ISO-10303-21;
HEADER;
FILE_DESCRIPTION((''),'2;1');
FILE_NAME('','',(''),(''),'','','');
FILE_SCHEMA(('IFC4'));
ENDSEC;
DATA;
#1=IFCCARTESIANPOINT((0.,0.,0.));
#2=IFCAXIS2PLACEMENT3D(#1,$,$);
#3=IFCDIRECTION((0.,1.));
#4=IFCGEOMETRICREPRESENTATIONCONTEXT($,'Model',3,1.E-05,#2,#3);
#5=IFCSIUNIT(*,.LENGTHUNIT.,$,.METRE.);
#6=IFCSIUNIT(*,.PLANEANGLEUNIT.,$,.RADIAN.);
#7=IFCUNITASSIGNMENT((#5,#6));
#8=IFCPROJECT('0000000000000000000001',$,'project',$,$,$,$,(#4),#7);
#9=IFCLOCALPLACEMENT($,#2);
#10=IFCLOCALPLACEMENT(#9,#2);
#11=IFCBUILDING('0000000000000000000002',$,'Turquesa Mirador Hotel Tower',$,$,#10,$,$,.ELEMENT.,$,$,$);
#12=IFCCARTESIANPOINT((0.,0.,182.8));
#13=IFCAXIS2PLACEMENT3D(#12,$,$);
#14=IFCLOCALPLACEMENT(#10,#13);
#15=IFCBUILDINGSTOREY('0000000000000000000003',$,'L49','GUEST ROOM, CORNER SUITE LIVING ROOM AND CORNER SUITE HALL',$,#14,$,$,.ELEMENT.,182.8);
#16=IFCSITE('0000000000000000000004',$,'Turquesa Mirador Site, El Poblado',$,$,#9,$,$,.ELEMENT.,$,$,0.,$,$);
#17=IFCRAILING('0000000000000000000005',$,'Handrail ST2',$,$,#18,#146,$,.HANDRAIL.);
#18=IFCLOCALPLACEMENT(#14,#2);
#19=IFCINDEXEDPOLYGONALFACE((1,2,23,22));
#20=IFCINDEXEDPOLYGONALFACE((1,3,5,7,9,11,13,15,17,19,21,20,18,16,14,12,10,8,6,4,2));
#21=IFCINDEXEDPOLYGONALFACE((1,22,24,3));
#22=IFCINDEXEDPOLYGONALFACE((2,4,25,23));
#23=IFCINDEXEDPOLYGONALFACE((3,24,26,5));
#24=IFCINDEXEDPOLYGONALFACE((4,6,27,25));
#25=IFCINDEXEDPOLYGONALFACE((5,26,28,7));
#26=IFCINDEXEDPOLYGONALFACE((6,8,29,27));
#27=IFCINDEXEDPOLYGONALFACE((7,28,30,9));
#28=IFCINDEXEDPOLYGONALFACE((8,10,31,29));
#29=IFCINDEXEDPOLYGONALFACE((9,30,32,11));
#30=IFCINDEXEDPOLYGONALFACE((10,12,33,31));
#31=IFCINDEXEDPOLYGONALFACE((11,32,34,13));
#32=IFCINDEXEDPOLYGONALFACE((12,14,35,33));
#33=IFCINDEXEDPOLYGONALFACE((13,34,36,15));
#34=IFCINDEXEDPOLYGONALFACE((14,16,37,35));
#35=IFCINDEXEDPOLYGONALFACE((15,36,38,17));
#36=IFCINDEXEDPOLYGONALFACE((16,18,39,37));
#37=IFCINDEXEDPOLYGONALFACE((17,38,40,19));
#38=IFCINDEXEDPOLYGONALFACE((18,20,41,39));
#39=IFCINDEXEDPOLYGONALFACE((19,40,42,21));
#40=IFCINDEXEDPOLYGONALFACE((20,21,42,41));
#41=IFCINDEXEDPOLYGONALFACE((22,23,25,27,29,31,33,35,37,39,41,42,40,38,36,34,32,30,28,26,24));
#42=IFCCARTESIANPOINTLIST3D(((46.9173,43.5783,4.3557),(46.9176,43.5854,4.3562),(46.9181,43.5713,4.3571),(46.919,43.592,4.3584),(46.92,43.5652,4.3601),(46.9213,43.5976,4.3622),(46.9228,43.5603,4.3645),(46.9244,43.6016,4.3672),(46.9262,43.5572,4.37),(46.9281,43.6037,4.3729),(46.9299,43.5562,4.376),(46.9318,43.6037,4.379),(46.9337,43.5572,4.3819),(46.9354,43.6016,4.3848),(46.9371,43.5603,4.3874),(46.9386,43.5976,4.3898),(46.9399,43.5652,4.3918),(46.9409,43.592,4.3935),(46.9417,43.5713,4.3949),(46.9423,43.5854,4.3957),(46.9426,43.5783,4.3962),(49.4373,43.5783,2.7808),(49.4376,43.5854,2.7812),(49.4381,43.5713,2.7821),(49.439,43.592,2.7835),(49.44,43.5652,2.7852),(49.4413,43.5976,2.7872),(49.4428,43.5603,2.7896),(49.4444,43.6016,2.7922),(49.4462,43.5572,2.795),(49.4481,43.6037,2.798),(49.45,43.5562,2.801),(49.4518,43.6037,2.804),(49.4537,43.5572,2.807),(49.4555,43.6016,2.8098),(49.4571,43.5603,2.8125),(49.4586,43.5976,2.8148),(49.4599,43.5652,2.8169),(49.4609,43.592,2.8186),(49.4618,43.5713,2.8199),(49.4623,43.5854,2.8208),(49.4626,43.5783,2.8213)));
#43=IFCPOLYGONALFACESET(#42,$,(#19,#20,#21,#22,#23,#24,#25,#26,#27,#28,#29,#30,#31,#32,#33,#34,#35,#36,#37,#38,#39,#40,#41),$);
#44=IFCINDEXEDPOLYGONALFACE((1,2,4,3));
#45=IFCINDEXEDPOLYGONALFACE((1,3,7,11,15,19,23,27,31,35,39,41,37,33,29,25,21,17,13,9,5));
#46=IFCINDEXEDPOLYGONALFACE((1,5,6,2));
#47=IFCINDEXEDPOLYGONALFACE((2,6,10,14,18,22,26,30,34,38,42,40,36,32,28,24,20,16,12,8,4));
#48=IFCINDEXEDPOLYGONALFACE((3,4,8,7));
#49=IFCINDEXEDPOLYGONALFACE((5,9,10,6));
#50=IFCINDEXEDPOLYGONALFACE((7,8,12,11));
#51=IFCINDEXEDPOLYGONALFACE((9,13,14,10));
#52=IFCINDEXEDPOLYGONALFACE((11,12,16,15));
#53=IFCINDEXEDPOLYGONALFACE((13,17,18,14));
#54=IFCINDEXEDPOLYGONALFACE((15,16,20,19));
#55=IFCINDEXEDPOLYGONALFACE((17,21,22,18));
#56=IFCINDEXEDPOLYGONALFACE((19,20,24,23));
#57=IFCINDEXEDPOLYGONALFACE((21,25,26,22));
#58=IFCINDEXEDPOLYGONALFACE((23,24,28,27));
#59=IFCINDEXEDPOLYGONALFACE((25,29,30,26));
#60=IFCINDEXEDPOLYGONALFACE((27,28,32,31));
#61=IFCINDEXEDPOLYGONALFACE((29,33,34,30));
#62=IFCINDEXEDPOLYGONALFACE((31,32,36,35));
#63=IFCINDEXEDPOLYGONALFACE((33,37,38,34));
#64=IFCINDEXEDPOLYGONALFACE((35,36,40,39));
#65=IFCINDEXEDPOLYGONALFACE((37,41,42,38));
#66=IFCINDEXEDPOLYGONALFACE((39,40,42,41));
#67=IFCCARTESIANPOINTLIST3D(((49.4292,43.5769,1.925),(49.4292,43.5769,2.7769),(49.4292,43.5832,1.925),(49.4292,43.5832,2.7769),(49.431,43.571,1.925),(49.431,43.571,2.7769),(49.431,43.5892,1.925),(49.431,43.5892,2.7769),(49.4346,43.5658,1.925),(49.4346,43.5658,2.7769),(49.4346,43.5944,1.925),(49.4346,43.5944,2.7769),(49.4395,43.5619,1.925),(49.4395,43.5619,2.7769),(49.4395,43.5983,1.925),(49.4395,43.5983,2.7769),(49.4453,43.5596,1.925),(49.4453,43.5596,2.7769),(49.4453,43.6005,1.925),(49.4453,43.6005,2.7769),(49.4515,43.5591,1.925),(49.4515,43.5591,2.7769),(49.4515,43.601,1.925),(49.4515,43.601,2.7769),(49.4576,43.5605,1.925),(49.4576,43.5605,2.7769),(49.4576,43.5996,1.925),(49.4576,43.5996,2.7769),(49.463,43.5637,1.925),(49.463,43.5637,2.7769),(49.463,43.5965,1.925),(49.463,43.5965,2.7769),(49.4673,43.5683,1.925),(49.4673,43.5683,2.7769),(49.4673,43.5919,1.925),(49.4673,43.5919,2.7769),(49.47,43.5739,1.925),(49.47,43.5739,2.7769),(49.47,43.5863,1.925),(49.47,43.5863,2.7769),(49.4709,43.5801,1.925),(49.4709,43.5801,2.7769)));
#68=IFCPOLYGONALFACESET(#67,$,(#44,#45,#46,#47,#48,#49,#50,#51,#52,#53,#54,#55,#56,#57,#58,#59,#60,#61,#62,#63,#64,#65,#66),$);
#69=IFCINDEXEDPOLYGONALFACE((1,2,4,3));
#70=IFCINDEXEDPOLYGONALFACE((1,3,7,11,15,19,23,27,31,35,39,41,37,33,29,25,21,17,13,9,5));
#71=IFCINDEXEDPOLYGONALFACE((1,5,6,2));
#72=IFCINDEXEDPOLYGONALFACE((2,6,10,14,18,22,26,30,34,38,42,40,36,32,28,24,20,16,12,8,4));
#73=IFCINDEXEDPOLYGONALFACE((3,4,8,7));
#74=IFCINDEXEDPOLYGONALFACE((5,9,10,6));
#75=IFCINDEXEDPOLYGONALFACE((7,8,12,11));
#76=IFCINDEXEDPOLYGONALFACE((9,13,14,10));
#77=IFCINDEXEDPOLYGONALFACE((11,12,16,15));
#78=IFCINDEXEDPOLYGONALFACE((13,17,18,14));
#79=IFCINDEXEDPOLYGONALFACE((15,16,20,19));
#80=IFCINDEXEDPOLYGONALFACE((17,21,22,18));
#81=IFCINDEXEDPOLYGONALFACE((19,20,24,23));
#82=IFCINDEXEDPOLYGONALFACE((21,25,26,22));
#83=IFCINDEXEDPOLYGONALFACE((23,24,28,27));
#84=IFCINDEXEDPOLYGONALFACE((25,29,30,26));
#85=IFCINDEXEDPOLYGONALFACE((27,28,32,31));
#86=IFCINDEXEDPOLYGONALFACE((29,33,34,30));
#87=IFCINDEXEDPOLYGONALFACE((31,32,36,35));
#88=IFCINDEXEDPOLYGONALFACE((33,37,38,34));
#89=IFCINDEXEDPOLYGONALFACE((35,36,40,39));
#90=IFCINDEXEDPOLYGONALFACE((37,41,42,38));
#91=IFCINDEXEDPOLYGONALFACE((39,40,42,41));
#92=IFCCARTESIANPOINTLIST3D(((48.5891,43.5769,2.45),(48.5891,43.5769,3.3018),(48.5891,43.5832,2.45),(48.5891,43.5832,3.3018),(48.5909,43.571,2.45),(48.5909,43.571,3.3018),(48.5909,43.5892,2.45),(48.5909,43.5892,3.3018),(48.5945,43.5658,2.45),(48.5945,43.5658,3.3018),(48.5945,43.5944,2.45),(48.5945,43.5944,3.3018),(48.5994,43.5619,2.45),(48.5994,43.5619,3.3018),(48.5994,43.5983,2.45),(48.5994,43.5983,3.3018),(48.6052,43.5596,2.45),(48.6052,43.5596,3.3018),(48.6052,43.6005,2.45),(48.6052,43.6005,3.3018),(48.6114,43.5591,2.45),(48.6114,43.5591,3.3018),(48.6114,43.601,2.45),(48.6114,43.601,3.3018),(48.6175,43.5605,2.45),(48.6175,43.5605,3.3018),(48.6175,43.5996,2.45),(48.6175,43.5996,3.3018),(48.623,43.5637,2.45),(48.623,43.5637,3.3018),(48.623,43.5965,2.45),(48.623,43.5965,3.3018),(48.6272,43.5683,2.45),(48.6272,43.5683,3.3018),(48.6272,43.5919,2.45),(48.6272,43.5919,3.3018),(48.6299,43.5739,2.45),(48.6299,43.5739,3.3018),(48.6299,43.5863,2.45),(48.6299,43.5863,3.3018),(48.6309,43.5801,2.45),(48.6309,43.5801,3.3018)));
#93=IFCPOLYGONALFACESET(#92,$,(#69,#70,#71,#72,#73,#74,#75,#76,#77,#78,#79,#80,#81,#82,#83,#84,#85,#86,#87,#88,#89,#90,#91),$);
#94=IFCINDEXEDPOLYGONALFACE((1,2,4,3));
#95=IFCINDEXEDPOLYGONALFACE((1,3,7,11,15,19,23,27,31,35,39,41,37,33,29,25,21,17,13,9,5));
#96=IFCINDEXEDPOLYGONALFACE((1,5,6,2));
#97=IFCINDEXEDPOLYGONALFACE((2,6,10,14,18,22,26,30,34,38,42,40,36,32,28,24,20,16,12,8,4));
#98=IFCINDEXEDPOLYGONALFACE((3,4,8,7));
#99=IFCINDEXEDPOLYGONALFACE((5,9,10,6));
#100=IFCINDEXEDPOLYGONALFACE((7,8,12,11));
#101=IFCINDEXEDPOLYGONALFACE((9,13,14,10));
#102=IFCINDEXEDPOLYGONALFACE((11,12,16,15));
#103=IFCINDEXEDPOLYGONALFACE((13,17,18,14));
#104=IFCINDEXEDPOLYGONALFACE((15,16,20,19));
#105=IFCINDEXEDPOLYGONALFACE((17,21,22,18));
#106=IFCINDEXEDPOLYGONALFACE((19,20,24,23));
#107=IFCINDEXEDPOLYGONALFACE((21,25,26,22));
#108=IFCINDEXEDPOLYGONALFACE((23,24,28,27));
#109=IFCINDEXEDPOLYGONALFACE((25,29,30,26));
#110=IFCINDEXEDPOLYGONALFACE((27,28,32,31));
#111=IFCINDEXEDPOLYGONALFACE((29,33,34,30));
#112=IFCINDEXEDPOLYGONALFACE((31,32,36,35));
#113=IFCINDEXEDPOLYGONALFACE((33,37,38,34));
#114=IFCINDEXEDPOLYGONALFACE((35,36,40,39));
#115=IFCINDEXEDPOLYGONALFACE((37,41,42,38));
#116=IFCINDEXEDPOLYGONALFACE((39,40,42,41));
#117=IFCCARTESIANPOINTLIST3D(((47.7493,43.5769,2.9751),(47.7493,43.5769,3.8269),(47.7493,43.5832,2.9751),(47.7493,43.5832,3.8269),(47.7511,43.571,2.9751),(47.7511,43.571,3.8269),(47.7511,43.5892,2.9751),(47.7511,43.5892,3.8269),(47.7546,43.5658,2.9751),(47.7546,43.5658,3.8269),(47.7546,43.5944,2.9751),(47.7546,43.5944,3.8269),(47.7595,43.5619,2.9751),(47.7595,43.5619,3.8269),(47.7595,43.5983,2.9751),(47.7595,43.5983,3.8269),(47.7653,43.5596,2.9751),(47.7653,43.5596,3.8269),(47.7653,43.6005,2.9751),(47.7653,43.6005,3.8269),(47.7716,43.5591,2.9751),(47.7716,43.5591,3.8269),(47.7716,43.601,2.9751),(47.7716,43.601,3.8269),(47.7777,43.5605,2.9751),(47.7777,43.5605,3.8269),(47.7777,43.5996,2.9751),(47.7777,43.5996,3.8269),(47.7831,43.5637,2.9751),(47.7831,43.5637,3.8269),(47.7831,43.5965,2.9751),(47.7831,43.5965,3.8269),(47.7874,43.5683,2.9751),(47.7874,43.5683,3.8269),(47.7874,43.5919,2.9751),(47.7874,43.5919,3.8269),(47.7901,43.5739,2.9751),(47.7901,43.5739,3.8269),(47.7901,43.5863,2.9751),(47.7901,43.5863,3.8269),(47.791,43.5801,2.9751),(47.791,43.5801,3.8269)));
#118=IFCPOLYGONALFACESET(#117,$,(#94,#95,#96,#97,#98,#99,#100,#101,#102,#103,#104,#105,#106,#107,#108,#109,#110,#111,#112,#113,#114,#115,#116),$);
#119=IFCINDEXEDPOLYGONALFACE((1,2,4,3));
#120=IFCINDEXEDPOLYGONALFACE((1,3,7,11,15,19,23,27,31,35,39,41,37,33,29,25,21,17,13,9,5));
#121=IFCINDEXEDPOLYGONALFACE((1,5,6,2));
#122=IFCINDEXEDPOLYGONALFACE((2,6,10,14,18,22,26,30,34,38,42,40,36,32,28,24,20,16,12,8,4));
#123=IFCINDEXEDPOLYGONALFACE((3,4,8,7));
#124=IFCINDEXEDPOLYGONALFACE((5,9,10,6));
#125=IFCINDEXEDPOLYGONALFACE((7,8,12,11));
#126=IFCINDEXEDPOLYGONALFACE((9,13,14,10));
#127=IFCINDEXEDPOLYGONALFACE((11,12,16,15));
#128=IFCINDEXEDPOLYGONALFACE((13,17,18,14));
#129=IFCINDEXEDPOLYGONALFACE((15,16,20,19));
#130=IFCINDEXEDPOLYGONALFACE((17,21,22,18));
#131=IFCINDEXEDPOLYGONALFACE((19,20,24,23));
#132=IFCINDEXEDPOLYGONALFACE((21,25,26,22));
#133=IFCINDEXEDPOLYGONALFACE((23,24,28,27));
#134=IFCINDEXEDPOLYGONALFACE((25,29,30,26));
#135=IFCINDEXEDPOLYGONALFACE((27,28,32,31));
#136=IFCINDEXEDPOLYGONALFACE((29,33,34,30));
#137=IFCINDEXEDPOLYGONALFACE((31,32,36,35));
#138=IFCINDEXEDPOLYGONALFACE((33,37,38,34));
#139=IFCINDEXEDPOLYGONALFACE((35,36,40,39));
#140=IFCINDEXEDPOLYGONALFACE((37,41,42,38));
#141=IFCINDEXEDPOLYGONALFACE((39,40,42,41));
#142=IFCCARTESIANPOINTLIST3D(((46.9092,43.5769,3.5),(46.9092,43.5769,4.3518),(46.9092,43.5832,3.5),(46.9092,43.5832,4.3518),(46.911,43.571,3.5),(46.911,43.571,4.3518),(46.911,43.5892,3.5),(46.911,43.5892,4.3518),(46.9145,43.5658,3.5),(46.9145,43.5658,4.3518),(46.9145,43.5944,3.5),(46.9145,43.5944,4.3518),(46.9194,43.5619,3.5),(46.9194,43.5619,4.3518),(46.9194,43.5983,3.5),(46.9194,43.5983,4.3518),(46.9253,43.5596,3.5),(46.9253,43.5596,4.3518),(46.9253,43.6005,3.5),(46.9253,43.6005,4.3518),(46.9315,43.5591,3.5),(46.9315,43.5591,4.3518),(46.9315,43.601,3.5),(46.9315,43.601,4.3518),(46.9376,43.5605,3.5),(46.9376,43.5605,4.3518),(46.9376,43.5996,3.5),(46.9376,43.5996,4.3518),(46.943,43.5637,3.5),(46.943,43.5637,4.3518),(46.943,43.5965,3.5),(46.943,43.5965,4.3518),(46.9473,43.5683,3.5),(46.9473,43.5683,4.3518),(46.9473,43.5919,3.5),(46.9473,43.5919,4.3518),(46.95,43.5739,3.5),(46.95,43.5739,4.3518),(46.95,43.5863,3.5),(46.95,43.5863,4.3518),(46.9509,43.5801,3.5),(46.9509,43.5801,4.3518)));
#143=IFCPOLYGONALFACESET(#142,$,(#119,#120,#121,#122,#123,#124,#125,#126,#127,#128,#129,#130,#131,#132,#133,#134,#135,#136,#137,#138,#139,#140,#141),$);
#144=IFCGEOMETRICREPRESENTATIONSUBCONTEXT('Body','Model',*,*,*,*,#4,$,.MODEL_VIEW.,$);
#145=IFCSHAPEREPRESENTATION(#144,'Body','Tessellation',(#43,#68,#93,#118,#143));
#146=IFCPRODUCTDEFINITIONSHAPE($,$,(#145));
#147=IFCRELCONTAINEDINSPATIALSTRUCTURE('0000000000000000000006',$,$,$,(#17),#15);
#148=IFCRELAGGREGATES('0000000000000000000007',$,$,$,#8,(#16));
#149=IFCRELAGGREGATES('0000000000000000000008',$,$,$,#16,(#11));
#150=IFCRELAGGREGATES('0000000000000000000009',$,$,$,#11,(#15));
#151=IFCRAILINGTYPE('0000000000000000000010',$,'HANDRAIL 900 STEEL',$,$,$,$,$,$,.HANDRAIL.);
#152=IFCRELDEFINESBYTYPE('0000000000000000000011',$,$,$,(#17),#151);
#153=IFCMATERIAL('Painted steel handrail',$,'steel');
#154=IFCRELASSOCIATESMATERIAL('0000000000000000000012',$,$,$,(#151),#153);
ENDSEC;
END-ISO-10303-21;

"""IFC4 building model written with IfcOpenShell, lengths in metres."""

from ifc_helpers import new_model, si_unit, direction, frame, origin, origin_2d, place, context, subcontext, project, spatial, circle, extrude, material, type_object, element, save


model = new_model("IFC4")

# Units and contexts
model_context = context("Model", 3, precision=1e-05, world=origin(), true_north=direction((0.0, 1.0)))
body_context = subcontext(model_context, "Body", "Model", "MODEL_VIEW")
ifc_project = project(units=[si_unit("LENGTHUNIT", "METRE"), si_unit("PLANEANGLEUNIT", "RADIAN")], contexts=[model_context])

# Site, building, storey
site_placement = place(None, origin())
site = spatial("IfcSite", under=ifc_project, at=site_placement, Name="Turquesa Mirador Site, El Poblado", CompositionType="ELEMENT", RefElevation=0.0)
building_placement = place(site_placement, origin())
building = spatial("IfcBuilding", under=site, at=building_placement, Name="Turquesa Mirador Hotel Tower", CompositionType="ELEMENT")
storey_placement = place(building_placement, frame((0.0, 0.0, 182.8)))
storey = spatial("IfcBuildingStorey", under=building, at=storey_placement, Name="L49", Description="GUEST ROOM, CORNER SUITE LIVING ROOM AND CORNER SUITE HALL", CompositionType="ELEMENT", Elevation=182.8)

# Railing
ifc_material_1 = material(Name="Painted steel handrail", Category="steel")
railing_type = type_object("IfcRailingType", Name="HANDRAIL 900 STEEL", PredefinedType="HANDRAIL", material=ifc_material_1)
railing_1_placement = place(storey_placement, frame((49.45, 43.5801, 1.925)))
element("IfcRailing", 1, at=railing_1_placement, inside=storey, type_object=railing_type, Name="Handrail ST2", PredefinedType="HANDRAIL", context=body_context, shape_type="SweptSolid", body=[
    extrude(circle(Radius=0.0239, at=origin_2d()), frame((0.0, 0.0, 0.876), z_axis=(-0.848008, 0.0, 0.529984), x_axis=(0.0, -1.0, 0.0)), (0.0, 0.0, 1.0), 2.9717),
    extrude(circle(Radius=0.021, at=origin_2d()), origin(), (0.0, 0.0, 1.0), 0.8518),
    extrude(circle(Radius=0.021, at=origin_2d()), frame((-0.8401, 0.0, 0.5249)), (0.0, 0.0, 1.0), 0.8518),
    extrude(circle(Radius=0.021, at=origin_2d()), frame((-1.6799, 0.0, 1.05)), (0.0, 0.0, 1.0), 0.8518),
    extrude(circle(Radius=0.021, at=origin_2d()), frame((-2.52, 0.0, 1.575)), (0.0, 0.0, 1.0), 0.8518),
])

save(model, "model.ifc")
